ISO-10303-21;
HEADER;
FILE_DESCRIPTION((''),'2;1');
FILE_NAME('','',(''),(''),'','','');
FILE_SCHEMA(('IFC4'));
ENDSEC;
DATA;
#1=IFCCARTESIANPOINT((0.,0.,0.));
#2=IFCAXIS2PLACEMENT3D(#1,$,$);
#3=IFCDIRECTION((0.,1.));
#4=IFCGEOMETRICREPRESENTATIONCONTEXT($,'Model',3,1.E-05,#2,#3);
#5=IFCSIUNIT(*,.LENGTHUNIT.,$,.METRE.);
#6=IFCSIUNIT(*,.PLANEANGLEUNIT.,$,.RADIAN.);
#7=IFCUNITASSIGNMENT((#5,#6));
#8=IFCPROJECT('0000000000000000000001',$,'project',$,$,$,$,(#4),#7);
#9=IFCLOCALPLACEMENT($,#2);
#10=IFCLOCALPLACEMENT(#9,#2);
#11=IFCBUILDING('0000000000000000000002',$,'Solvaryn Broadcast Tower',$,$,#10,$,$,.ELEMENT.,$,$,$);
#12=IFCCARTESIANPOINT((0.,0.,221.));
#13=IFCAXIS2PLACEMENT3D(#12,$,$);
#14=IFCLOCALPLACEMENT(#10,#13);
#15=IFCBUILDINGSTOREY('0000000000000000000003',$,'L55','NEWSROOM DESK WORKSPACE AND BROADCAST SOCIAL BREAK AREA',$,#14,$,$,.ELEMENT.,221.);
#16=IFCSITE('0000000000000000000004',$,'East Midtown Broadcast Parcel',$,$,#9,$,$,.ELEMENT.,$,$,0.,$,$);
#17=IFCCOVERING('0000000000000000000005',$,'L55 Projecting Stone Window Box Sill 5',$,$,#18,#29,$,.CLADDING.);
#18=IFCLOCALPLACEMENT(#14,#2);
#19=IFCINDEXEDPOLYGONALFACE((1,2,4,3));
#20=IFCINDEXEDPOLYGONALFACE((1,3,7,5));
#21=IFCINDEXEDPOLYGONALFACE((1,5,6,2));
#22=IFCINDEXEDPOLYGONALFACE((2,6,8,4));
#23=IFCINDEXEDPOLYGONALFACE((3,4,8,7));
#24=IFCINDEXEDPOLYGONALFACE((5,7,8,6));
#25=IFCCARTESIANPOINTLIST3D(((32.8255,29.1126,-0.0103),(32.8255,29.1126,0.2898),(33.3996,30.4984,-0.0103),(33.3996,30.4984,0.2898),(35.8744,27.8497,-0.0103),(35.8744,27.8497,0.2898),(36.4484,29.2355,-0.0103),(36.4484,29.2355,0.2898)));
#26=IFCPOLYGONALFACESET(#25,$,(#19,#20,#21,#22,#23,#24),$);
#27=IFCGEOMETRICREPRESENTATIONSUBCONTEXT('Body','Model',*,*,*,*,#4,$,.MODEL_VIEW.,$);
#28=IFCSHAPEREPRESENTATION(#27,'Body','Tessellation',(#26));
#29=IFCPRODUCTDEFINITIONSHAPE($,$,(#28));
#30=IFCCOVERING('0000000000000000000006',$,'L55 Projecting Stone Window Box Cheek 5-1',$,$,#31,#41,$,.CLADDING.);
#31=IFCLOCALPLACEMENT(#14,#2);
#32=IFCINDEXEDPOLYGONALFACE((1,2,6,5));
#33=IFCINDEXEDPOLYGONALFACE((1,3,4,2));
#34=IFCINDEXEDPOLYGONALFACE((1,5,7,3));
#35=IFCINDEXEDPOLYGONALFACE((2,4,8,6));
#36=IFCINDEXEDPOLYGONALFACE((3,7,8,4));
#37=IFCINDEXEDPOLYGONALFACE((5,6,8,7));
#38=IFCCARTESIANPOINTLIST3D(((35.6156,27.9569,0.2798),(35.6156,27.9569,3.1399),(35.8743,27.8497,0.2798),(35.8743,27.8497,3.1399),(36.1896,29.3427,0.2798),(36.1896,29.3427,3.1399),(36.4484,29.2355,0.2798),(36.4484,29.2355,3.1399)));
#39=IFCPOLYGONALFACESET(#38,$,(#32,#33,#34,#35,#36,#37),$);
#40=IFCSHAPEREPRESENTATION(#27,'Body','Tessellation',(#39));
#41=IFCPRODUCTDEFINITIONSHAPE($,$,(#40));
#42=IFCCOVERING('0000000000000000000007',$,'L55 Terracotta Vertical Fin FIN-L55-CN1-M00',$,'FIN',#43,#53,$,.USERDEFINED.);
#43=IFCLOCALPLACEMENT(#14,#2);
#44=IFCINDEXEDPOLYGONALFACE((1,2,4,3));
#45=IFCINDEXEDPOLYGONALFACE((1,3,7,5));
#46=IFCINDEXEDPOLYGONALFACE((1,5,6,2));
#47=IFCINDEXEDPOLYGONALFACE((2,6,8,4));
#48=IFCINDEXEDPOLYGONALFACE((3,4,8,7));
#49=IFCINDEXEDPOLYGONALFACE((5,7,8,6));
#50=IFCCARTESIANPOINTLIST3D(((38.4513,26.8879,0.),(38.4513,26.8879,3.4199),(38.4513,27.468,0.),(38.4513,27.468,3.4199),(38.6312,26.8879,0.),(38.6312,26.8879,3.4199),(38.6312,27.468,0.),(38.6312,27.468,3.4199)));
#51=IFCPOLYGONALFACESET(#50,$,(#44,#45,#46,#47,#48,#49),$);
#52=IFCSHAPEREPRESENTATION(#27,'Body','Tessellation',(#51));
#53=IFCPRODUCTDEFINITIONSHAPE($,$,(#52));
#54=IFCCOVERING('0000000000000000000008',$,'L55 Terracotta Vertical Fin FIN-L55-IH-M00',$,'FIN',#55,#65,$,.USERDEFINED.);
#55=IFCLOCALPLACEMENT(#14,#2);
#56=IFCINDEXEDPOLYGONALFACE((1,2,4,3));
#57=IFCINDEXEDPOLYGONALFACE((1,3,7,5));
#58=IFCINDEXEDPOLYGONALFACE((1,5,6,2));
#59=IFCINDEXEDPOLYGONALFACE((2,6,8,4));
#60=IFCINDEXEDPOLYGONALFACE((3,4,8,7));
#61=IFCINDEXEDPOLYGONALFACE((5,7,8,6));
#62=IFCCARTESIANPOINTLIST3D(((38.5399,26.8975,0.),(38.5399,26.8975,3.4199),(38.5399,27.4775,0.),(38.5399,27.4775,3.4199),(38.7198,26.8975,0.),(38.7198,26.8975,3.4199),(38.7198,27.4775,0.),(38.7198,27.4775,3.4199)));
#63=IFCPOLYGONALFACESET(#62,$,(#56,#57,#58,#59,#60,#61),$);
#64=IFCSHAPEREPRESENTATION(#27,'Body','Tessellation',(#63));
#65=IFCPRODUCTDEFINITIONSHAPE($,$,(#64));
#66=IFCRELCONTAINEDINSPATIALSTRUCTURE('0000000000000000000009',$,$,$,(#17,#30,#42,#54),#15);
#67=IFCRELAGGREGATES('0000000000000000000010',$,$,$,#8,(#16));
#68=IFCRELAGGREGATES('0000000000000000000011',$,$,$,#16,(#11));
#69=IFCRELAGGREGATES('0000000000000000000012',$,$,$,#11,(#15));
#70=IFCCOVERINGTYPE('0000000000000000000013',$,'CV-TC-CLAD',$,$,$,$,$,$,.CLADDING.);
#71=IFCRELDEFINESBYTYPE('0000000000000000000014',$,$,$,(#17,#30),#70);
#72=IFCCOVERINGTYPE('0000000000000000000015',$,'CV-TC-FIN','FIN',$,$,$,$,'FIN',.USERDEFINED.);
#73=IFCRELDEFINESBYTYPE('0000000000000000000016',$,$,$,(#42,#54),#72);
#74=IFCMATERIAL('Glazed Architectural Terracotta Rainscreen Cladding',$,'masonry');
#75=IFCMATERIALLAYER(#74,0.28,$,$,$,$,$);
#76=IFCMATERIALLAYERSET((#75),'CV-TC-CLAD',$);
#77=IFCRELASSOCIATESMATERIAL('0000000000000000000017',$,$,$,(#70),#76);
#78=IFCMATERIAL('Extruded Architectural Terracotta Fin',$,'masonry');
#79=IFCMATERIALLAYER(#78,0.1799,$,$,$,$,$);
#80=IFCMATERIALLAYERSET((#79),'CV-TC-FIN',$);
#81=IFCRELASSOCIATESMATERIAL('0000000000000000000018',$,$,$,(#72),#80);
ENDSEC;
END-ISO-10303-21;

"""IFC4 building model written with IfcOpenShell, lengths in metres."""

from ifc_helpers import new_model, si_unit, direction, frame, origin, origin_2d, place, context, subcontext, project, spatial, rectangle, extrude, material, layer, layer_set, type_object, element, save


model = new_model("IFC4")

# Units and contexts
model_context = context("Model", 3, precision=1e-05, world=origin(), true_north=direction((0.0, 1.0)))
body_context = subcontext(model_context, "Body", "Model", "MODEL_VIEW")
ifc_project = project(units=[si_unit("LENGTHUNIT", "METRE"), si_unit("PLANEANGLEUNIT", "RADIAN")], contexts=[model_context])

# Site, building, storey
site_placement = place(None, origin())
site = spatial("IfcSite", under=ifc_project, at=site_placement, Name="East Midtown Broadcast Parcel", CompositionType="ELEMENT", RefElevation=0.0)
building_placement = place(site_placement, origin())
building = spatial("IfcBuilding", under=site, at=building_placement, Name="Solvaryn Broadcast Tower", CompositionType="ELEMENT")
storey_placement = place(building_placement, frame((0.0, 0.0, 221.0)))
storey = spatial("IfcBuildingStorey", under=building, at=storey_placement, Name="L55", Description="NEWSROOM DESK WORKSPACE AND BROADCAST SOCIAL BREAK AREA", CompositionType="ELEMENT", Elevation=221.0)

# Coverings
ifc_material_1 = material(Name="Glazed Architectural Terracotta Rainscreen Cladding", Category="masonry")
ifc_layer_1 = layer(ifc_material_1, 0.28)
ifc_layer_set_1 = layer_set([ifc_layer_1], Name="CV-TC-CLAD")
covering_type_1 = type_object("IfcCoveringType", Name="CV-TC-CLAD", PredefinedType="CLADDING", material=ifc_layer_set_1)
for number, where, z_axis, x_axis, name in (
    (1, (34.637, 29.1741, -0.0103), (0.0, 0.0, 1.0), (-0.92388, 0.382683, 0.0), "L55 Projecting Stone Window Box Sill 5"),
):
    element("IfcCovering", number, at=place(storey_placement, frame(where, z_axis=z_axis, x_axis=x_axis)), inside=storey, type_object=covering_type_1, Name=name, PredefinedType="CLADDING", context=body_context, shape_type="SweptSolid", body=[
        extrude(rectangle(XDim=3.3, YDim=1.5, at=origin_2d()), origin(), (0.0, 0.0, 1.0), 0.3),
    ])
covering_1_placement = place(storey_placement, frame((36.032, 28.5962, 0.2798), z_axis=(0.0, 0.0, 1.0), x_axis=(-0.92388, 0.382683, 0.0)))
element("IfcCovering", 2, at=covering_1_placement, inside=storey, type_object=covering_type_1, Name="L55 Projecting Stone Window Box Cheek 5-1", PredefinedType="CLADDING", context=body_context, shape_type="SweptSolid", body=[
    extrude(rectangle(XDim=0.28, YDim=1.5, at=origin_2d()), origin(), (0.0, 0.0, 1.0), 2.8601),
])
ifc_material_2 = material(Name="Extruded Architectural Terracotta Fin", Category="masonry")
ifc_layer_2 = layer(ifc_material_2, 0.1799)
ifc_layer_set_2 = layer_set([ifc_layer_2], Name="CV-TC-FIN")
covering_type_2 = type_object("IfcCoveringType", Name="CV-TC-FIN", Description="FIN", ElementType="FIN", PredefinedType="USERDEFINED", material=ifc_layer_set_2)
for number, where, z_axis, x_axis, name in (
    (3, (38.5413, 27.178, 0.0), (0.0, 0.0, 1.0), (1.0, 0.0, 0.0), "L55 Terracotta Vertical Fin FIN-L55-CN1-M00"),
    (4, (38.6299, 27.1875, 0.0), (0.0, 0.0, 1.0), (1.0, 0.0, 0.0), "L55 Terracotta Vertical Fin FIN-L55-IH-M00"),
):
    element("IfcCovering", number, at=place(storey_placement, frame(where, z_axis=z_axis, x_axis=x_axis)), inside=storey, type_object=covering_type_2, Name=name, ObjectType="FIN", PredefinedType="USERDEFINED", context=body_context, shape_type="SweptSolid", body=[
        extrude(rectangle(XDim=0.1799, YDim=0.5801, at=origin_2d()), origin(), (0.0, 0.0, 1.0), 3.4199),
    ])

save(model, "model.ifc")
